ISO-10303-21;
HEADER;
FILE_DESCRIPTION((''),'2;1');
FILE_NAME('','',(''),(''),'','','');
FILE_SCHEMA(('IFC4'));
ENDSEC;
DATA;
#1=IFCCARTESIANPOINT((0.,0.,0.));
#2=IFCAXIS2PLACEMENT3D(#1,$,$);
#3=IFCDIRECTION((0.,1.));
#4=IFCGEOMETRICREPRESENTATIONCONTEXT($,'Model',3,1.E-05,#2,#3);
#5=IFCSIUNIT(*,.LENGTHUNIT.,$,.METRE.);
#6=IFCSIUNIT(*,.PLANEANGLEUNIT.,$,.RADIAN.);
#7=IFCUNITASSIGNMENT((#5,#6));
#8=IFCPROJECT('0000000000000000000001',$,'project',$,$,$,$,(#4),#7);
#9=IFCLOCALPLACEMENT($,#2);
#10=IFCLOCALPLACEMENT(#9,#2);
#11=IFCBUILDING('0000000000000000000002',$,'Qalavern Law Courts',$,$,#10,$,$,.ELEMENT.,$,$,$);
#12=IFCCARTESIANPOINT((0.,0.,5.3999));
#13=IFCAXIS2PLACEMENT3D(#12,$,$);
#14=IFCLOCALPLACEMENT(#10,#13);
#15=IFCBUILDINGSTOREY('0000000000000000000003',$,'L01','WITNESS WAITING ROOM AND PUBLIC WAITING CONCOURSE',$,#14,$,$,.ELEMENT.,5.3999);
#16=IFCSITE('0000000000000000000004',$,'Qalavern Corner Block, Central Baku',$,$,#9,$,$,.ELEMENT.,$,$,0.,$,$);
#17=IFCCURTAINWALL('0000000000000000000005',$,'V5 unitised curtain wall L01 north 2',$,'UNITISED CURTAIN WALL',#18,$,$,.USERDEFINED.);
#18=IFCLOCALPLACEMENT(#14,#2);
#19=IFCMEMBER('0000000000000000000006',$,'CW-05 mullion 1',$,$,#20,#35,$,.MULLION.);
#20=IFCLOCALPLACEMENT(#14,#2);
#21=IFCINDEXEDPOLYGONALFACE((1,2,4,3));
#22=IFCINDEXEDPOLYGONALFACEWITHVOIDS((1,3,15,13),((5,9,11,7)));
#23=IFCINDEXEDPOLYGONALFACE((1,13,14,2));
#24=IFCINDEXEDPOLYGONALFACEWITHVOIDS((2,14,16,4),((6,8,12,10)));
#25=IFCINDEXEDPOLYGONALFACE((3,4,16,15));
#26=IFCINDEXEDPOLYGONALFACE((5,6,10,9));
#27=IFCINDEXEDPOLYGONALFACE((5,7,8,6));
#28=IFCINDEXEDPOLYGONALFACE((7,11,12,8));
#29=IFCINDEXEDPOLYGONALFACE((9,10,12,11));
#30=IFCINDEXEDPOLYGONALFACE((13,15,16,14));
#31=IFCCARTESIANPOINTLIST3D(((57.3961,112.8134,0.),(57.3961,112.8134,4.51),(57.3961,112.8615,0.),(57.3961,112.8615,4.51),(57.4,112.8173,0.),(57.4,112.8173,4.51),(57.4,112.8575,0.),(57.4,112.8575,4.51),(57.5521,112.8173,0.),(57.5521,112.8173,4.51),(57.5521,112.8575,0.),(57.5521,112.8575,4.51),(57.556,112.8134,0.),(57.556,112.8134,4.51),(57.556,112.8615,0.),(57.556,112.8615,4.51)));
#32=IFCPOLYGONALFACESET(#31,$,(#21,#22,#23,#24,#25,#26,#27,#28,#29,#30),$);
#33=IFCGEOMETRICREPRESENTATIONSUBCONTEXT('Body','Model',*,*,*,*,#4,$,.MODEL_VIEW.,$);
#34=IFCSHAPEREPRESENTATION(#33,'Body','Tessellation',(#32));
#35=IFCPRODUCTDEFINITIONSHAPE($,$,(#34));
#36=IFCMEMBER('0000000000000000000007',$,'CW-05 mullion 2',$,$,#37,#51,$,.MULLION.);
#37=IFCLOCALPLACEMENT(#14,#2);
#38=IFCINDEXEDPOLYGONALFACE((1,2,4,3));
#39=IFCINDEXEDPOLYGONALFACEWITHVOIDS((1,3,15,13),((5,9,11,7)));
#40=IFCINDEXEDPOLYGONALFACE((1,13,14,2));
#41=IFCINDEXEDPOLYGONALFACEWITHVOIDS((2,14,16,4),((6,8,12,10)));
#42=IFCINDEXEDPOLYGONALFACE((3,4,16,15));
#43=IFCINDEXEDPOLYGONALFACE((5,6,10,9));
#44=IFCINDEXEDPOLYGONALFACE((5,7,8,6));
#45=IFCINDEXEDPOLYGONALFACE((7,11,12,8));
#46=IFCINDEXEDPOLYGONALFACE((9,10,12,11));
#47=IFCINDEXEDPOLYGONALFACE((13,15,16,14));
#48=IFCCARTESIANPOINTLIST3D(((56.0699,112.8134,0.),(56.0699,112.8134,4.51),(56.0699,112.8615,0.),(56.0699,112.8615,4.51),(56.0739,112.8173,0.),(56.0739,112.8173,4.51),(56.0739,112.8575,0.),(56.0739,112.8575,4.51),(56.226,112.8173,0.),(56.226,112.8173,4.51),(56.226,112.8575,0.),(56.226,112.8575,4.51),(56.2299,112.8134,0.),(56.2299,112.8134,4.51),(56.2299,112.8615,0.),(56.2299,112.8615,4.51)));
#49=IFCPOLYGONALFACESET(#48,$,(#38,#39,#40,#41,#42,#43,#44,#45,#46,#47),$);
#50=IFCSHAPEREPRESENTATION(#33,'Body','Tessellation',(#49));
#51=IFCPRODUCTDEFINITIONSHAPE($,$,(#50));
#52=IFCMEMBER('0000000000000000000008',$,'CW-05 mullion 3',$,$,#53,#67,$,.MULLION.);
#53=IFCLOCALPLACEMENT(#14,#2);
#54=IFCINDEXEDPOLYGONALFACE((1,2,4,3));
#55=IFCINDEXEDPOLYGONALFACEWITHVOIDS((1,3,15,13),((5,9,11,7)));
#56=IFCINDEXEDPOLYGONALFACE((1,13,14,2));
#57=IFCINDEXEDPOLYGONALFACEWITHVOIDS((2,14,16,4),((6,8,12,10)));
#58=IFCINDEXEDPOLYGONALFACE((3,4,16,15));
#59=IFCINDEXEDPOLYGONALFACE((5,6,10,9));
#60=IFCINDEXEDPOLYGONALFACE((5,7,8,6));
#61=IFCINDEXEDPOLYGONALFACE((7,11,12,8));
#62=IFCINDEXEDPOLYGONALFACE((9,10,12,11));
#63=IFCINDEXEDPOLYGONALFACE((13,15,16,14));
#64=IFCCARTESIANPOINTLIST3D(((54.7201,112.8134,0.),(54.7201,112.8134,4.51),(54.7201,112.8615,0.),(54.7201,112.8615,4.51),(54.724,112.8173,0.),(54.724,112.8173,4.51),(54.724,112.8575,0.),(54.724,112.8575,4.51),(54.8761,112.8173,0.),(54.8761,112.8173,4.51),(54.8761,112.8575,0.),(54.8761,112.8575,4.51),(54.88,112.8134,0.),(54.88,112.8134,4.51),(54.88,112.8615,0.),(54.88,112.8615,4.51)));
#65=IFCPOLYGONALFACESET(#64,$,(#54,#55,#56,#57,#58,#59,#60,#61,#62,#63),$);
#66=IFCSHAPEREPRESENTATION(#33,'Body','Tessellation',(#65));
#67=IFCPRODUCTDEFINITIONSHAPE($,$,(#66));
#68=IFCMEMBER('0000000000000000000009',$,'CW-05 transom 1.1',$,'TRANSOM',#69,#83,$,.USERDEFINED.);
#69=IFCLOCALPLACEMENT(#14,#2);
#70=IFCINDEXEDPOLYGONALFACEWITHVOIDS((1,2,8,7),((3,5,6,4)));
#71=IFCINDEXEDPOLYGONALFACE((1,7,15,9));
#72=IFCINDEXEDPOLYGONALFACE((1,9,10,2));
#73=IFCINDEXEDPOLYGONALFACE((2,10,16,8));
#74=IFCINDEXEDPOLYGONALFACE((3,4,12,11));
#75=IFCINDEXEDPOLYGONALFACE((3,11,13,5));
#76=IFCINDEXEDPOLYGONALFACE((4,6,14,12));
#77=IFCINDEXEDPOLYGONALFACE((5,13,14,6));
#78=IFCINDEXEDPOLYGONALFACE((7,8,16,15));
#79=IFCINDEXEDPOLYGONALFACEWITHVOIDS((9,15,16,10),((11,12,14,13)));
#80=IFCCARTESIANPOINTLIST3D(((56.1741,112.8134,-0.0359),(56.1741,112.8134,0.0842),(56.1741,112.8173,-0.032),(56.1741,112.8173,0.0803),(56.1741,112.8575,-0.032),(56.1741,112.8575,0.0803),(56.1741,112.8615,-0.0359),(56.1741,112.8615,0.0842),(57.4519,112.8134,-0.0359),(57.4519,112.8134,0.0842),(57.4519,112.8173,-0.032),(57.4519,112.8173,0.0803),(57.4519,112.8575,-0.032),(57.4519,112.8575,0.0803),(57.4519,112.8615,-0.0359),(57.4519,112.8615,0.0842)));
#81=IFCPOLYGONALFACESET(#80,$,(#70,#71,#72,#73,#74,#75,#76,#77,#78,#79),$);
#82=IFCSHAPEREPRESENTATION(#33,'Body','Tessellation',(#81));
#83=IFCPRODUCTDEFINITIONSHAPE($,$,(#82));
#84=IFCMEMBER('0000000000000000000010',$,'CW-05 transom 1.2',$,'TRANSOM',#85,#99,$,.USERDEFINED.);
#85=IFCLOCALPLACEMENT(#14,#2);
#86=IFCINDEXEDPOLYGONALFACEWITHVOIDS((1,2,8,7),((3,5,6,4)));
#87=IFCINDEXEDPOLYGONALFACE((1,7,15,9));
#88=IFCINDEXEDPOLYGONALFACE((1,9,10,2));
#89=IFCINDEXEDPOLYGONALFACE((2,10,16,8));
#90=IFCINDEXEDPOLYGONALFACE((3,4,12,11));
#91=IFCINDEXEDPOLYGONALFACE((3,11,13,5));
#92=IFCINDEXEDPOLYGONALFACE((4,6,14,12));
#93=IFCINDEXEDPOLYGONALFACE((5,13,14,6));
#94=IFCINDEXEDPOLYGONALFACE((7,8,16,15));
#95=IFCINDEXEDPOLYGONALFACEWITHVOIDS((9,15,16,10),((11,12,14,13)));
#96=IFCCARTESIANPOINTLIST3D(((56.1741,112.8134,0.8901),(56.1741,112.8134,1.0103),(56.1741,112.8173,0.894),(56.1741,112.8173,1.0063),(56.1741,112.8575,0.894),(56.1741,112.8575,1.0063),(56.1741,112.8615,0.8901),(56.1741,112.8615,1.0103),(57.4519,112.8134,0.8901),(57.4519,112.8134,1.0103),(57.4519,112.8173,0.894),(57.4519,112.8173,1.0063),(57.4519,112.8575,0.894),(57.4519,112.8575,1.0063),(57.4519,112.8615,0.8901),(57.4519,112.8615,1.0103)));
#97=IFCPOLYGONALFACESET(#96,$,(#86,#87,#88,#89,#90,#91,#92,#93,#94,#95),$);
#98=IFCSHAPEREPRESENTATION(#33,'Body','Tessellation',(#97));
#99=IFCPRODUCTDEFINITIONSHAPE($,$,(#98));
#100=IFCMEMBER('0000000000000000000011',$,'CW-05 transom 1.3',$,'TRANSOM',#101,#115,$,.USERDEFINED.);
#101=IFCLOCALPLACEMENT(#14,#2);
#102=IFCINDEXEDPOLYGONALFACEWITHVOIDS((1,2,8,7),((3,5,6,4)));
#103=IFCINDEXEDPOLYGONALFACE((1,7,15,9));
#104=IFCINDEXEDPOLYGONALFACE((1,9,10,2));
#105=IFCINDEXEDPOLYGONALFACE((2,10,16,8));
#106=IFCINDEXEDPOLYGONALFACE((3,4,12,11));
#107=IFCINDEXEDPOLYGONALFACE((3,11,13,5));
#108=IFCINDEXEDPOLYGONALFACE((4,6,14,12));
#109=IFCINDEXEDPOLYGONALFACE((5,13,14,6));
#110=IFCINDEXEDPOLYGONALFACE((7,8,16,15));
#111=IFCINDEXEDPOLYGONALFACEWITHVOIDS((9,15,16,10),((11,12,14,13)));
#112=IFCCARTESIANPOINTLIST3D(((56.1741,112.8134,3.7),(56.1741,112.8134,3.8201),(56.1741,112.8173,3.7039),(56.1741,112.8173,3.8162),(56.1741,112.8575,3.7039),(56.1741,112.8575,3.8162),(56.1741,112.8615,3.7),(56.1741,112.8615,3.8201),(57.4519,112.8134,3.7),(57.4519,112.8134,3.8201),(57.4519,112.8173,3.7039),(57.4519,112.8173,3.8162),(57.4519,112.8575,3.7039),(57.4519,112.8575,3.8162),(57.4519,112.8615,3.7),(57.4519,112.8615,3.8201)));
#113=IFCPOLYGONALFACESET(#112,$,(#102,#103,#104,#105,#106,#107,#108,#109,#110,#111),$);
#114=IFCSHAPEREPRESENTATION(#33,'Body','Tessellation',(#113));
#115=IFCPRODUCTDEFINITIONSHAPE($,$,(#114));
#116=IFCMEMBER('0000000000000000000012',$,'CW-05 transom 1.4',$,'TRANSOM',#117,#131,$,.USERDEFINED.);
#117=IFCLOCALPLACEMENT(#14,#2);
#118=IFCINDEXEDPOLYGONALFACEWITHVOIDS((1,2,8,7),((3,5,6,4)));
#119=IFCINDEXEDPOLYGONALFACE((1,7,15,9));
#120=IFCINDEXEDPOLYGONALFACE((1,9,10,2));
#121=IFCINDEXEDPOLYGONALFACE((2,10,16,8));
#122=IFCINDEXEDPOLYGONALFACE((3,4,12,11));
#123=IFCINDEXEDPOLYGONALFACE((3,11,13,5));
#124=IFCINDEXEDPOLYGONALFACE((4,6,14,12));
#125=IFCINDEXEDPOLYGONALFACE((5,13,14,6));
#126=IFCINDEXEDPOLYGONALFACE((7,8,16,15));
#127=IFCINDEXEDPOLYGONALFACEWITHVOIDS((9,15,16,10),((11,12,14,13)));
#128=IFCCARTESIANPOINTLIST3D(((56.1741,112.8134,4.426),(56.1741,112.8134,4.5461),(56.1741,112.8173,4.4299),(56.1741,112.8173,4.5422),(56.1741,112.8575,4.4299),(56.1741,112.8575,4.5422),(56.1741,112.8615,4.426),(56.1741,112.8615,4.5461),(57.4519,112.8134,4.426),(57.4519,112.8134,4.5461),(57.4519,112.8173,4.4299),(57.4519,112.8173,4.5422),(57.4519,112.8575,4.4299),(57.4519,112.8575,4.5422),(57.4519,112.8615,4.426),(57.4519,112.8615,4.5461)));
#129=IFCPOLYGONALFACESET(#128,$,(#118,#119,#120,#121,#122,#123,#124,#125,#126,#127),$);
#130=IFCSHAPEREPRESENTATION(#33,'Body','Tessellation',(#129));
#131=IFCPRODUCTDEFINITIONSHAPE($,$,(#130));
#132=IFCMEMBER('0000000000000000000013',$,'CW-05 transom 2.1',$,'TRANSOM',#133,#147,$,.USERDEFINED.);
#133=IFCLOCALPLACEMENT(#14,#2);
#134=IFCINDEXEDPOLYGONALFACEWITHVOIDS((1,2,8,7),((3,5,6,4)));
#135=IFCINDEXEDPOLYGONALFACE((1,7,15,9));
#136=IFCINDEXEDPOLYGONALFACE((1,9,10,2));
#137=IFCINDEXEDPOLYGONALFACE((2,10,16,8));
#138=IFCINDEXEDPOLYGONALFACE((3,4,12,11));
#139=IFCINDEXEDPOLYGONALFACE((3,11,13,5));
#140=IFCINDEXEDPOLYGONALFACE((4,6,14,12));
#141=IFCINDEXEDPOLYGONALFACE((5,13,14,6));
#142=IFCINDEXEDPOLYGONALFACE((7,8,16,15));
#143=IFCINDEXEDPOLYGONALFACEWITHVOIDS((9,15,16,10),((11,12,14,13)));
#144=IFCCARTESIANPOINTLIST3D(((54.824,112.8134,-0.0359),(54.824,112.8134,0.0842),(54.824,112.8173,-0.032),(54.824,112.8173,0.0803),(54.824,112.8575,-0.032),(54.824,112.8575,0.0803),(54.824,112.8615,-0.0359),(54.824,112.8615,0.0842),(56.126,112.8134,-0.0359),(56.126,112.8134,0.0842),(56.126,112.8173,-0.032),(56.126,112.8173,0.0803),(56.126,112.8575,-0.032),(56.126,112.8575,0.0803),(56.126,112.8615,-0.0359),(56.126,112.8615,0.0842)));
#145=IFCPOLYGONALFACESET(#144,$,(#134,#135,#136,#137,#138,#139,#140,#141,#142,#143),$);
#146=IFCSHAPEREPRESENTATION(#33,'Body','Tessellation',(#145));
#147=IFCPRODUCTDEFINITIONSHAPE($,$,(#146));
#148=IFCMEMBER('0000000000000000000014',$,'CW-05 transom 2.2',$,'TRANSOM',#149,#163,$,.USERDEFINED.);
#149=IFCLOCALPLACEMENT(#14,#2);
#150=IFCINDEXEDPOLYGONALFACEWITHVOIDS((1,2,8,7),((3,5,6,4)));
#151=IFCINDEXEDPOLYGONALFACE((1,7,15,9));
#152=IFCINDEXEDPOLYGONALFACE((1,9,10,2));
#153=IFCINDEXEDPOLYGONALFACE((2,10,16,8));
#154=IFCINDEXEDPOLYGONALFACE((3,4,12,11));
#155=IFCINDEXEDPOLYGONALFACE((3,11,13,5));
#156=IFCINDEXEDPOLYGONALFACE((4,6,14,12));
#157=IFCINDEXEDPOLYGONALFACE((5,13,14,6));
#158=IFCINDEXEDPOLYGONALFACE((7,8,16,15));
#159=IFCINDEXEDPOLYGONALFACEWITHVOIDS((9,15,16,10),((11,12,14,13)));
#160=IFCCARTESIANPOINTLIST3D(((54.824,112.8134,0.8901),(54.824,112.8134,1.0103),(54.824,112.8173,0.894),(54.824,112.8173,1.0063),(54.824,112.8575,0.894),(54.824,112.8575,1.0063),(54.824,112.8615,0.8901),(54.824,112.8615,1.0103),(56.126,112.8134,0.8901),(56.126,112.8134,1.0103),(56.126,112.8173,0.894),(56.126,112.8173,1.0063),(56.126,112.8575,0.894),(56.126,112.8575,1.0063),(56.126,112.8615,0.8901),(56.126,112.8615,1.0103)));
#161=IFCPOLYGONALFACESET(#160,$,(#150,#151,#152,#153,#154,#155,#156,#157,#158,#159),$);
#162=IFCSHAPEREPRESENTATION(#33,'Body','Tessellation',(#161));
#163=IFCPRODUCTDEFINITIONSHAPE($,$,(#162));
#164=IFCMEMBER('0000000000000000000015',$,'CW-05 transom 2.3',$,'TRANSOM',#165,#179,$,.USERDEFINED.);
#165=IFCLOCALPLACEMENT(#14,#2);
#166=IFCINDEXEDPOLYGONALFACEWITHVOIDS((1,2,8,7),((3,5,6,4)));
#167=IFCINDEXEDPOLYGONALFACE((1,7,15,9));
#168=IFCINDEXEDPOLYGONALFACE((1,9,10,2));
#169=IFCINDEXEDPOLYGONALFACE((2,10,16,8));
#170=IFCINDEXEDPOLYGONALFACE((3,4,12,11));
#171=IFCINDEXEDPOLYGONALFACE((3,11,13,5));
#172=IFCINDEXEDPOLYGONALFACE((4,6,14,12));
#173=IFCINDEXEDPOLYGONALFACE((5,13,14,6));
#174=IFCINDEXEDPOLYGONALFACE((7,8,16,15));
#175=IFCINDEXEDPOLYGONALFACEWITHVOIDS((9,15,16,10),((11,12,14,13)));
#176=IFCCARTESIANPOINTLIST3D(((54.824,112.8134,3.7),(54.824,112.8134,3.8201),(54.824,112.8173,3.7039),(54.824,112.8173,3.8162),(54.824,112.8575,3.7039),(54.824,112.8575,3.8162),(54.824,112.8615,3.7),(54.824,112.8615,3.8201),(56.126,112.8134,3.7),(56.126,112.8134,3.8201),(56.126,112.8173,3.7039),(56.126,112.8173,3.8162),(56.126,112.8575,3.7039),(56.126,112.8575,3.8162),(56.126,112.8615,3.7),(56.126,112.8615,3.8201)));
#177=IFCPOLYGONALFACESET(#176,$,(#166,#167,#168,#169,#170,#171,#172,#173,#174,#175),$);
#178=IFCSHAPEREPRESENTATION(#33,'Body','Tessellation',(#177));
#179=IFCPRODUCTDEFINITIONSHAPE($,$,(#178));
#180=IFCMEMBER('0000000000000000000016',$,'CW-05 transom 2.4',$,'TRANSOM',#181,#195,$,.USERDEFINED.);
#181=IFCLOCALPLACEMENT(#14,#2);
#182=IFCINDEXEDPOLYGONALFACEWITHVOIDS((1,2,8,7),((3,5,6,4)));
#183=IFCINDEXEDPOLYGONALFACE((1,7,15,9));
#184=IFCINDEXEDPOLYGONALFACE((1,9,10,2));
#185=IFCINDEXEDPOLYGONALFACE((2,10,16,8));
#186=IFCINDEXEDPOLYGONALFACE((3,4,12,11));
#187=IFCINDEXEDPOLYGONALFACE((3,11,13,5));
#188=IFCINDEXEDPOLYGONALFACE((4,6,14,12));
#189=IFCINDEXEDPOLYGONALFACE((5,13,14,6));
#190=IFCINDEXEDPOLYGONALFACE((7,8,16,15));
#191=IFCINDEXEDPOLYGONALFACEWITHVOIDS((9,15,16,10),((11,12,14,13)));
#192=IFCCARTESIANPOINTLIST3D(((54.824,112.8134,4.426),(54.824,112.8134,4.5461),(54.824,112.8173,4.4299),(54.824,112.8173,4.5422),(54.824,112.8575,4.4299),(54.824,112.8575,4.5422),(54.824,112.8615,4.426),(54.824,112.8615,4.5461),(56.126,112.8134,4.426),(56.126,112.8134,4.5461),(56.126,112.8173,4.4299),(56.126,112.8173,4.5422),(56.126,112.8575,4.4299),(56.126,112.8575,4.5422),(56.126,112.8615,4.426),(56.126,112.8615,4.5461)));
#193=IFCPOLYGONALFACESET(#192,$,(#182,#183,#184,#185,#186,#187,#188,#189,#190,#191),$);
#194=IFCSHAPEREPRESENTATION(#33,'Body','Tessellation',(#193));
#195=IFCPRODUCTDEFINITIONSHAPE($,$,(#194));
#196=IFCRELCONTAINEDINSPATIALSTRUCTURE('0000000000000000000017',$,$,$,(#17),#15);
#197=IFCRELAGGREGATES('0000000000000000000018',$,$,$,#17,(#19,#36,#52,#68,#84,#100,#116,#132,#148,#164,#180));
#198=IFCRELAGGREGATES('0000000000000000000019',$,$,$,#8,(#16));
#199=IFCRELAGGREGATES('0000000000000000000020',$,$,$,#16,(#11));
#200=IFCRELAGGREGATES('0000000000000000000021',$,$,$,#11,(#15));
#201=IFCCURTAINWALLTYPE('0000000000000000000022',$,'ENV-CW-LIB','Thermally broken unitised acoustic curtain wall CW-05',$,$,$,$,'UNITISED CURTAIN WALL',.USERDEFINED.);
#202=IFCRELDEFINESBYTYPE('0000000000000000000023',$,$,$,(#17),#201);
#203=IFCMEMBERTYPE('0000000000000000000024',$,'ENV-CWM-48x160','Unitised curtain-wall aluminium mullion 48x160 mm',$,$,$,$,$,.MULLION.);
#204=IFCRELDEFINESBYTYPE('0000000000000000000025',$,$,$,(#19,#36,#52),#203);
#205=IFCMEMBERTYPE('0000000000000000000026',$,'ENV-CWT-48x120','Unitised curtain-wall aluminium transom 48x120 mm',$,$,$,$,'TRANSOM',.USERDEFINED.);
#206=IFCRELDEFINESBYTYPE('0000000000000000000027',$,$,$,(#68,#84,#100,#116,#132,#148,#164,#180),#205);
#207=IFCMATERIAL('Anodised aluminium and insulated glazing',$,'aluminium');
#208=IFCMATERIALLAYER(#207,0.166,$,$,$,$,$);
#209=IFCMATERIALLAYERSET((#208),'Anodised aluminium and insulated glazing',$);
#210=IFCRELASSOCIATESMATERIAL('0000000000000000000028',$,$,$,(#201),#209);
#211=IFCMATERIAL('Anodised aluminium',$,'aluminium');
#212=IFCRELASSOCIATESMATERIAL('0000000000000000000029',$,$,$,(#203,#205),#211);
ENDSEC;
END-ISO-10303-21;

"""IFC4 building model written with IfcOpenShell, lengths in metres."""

from ifc_helpers import new_model, si_unit, direction, frame, origin, origin_2d, place, context, subcontext, project, spatial, hollow_rectangle, extrude, material, layer, layer_set, material_profile, profile_set, type_object, element, aggregate, save


model = new_model("IFC4")

# Units and contexts
model_context = context("Model", 3, precision=1e-05, world=origin(), true_north=direction((0.0, 1.0)))
body_context = subcontext(model_context, "Body", "Model", "MODEL_VIEW")
ifc_project = project(units=[si_unit("LENGTHUNIT", "METRE"), si_unit("PLANEANGLEUNIT", "RADIAN")], contexts=[model_context])

# Site, building, storey
site_placement = place(None, origin())
site = spatial("IfcSite", under=ifc_project, at=site_placement, Name="Qalavern Corner Block, Central Baku", CompositionType="ELEMENT", RefElevation=0.0)
building_placement = place(site_placement, origin())
building = spatial("IfcBuilding", under=site, at=building_placement, Name="Qalavern Law Courts", CompositionType="ELEMENT")
storey_placement = place(building_placement, frame((0.0, 0.0, 5.3999)))
storey = spatial("IfcBuildingStorey", under=building, at=storey_placement, Name="L01", Description="WITNESS WAITING ROOM AND PUBLIC WAITING CONCOURSE", CompositionType="ELEMENT", Elevation=5.3999)

# Curtain wall, members
ifc_material_1 = material(Name="Anodised aluminium and insulated glazing", Category="aluminium")
ifc_layer_1 = layer(ifc_material_1, 0.166)
ifc_layer_set_1 = layer_set([ifc_layer_1], Name="Anodised aluminium and insulated glazing")
curtain_wall_type = type_object("IfcCurtainWallType", Name="ENV-CW-LIB", Description="Thermally broken unitised acoustic curtain wall CW-05", ElementType="UNITISED CURTAIN WALL", PredefinedType="USERDEFINED", material=ifc_layer_set_1)
curtain_wall_placement = place(storey_placement, origin())
curtain_wall = element("IfcCurtainWall", 1, at=curtain_wall_placement, inside=storey, type_object=curtain_wall_type, Name="V5 unitised curtain wall L01 north 2", ObjectType="UNITISED CURTAIN WALL", PredefinedType="USERDEFINED")
ifc_material_2 = material(Name="Anodised aluminium", Category="aluminium")
ifc_material_profile_1 = material_profile(ifc_material_2, hollow_rectangle(XDim=0.0481, YDim=0.1599, WallThickness=0.0039, at=origin_2d()), Name="ALU MULLION 48x160")
ifc_profile_set_1 = profile_set([ifc_material_profile_1], Name="Anodised aluminium")
member_type_1 = type_object("IfcMemberType", Name="ENV-CWM-48x160", Description="Unitised curtain-wall aluminium mullion 48x160 mm", PredefinedType="MULLION", material=ifc_profile_set_1)
member_1_placement = place(storey_placement, frame((57.4761, 112.8374, 0.0), z_axis=(0.0, 0.0, 1.0), x_axis=(0.0, -1.0, 0.0)))
member_1 = element("IfcMember", 2, at=member_1_placement, type_object=member_type_1, Name="CW-05 mullion 1", PredefinedType="MULLION", context=body_context, shape_type="SweptSolid", body=[
    extrude(hollow_rectangle(XDim=0.0481, YDim=0.1599, WallThickness=0.0039, at=origin_2d()), origin(), (0.0, 0.0, 1.0), 4.51),
])
member_2_placement = place(storey_placement, frame((56.1499, 112.8374, 0.0), z_axis=(0.0, 0.0, 1.0), x_axis=(0.0, -1.0, 0.0)))
member_2 = element("IfcMember", 3, at=member_2_placement, type_object=member_type_1, Name="CW-05 mullion 2", PredefinedType="MULLION", context=body_context, shape_type="SweptSolid", body=[
    extrude(hollow_rectangle(XDim=0.0481, YDim=0.1599, WallThickness=0.0039, at=origin_2d()), origin(), (0.0, 0.0, 1.0), 4.51),
])
member_3_placement = place(storey_placement, frame((54.8, 112.8374, 0.0), z_axis=(0.0, 0.0, 1.0), x_axis=(0.0, -1.0, 0.0)))
member_3 = element("IfcMember", 4, at=member_3_placement, type_object=member_type_1, Name="CW-05 mullion 3", PredefinedType="MULLION", context=body_context, shape_type="SweptSolid", body=[
    extrude(hollow_rectangle(XDim=0.0481, YDim=0.1599, WallThickness=0.0039, at=origin_2d()), origin(), (0.0, 0.0, 1.0), 4.51),
])
ifc_material_profile_2 = material_profile(ifc_material_2, hollow_rectangle(XDim=0.0481, YDim=0.1201, WallThickness=0.0039, at=origin_2d()), Name="ALU TRANSOM 48x120")
ifc_profile_set_2 = profile_set([ifc_material_profile_2], Name="Anodised aluminium")
member_type_2 = type_object("IfcMemberType", Name="ENV-CWT-48x120", Description="Unitised curtain-wall aluminium transom 48x120 mm", ElementType="TRANSOM", PredefinedType="USERDEFINED", material=ifc_profile_set_2)
member_4_placement = place(storey_placement, frame((57.4519, 112.8374, 0.0242), z_axis=(-1.0, 0.0, 0.0), x_axis=(0.0, -1.0, 0.0)))
member_4 = element("IfcMember", 5, at=member_4_placement, type_object=member_type_2, Name="CW-05 transom 1.1", ObjectType="TRANSOM", PredefinedType="USERDEFINED", context=body_context, shape_type="SweptSolid", body=[
    extrude(hollow_rectangle(XDim=0.0481, YDim=0.1201, WallThickness=0.0039, at=origin_2d()), origin(), (0.0, 0.0, 1.0), 1.2778),
])
member_5_placement = place(storey_placement, frame((57.4519, 112.8374, 0.9502), z_axis=(-1.0, 0.0, 0.0), x_axis=(0.0, -1.0, 0.0)))
member_5 = element("IfcMember", 6, at=member_5_placement, type_object=member_type_2, Name="CW-05 transom 1.2", ObjectType="TRANSOM", PredefinedType="USERDEFINED", context=body_context, shape_type="SweptSolid", body=[
    extrude(hollow_rectangle(XDim=0.0481, YDim=0.1201, WallThickness=0.0039, at=origin_2d()), origin(), (0.0, 0.0, 1.0), 1.2778),
])
member_6_placement = place(storey_placement, frame((57.4519, 112.8374, 3.76), z_axis=(-1.0, 0.0, 0.0), x_axis=(0.0, -1.0, 0.0)))
member_6 = element("IfcMember", 7, at=member_6_placement, type_object=member_type_2, Name="CW-05 transom 1.3", ObjectType="TRANSOM", PredefinedType="USERDEFINED", context=body_context, shape_type="SweptSolid", body=[
    extrude(hollow_rectangle(XDim=0.0481, YDim=0.1201, WallThickness=0.0039, at=origin_2d()), origin(), (0.0, 0.0, 1.0), 1.2778),
])
member_7_placement = place(storey_placement, frame((57.4519, 112.8374, 4.4861), z_axis=(-1.0, 0.0, 0.0), x_axis=(0.0, -1.0, 0.0)))
member_7 = element("IfcMember", 8, at=member_7_placement, type_object=member_type_2, Name="CW-05 transom 1.4", ObjectType="TRANSOM", PredefinedType="USERDEFINED", context=body_context, shape_type="SweptSolid", body=[
    extrude(hollow_rectangle(XDim=0.0481, YDim=0.1201, WallThickness=0.0039, at=origin_2d()), origin(), (0.0, 0.0, 1.0), 1.2778),
])
member_8_placement = place(storey_placement, frame((56.126, 112.8374, 0.0242), z_axis=(-1.0, 0.0, 0.0), x_axis=(0.0, -1.0, 0.0)))
member_8 = element("IfcMember", 9, at=member_8_placement, type_object=member_type_2, Name="CW-05 transom 2.1", ObjectType="TRANSOM", PredefinedType="USERDEFINED", context=body_context, shape_type="SweptSolid", body=[
    extrude(hollow_rectangle(XDim=0.0481, YDim=0.1201, WallThickness=0.0039, at=origin_2d()), origin(), (0.0, 0.0, 1.0), 1.302),
])
member_9_placement = place(storey_placement, frame((56.126, 112.8374, 0.9502), z_axis=(-1.0, 0.0, 0.0), x_axis=(0.0, -1.0, 0.0)))
member_9 = element("IfcMember", 10, at=member_9_placement, type_object=member_type_2, Name="CW-05 transom 2.2", ObjectType="TRANSOM", PredefinedType="USERDEFINED", context=body_context, shape_type="SweptSolid", body=[
    extrude(hollow_rectangle(XDim=0.0481, YDim=0.1201, WallThickness=0.0039, at=origin_2d()), origin(), (0.0, 0.0, 1.0), 1.302),
])
member_10_placement = place(storey_placement, frame((56.126, 112.8374, 3.76), z_axis=(-1.0, 0.0, 0.0), x_axis=(0.0, -1.0, 0.0)))
member_10 = element("IfcMember", 11, at=member_10_placement, type_object=member_type_2, Name="CW-05 transom 2.3", ObjectType="TRANSOM", PredefinedType="USERDEFINED", context=body_context, shape_type="SweptSolid", body=[
    extrude(hollow_rectangle(XDim=0.0481, YDim=0.1201, WallThickness=0.0039, at=origin_2d()), origin(), (0.0, 0.0, 1.0), 1.302),
])
member_11_placement = place(storey_placement, frame((56.126, 112.8374, 4.4861), z_axis=(-1.0, 0.0, 0.0), x_axis=(0.0, -1.0, 0.0)))
member_11 = element("IfcMember", 12, at=member_11_placement, type_object=member_type_2, Name="CW-05 transom 2.4", ObjectType="TRANSOM", PredefinedType="USERDEFINED", context=body_context, shape_type="SweptSolid", body=[
    extrude(hollow_rectangle(XDim=0.0481, YDim=0.1201, WallThickness=0.0039, at=origin_2d()), origin(), (0.0, 0.0, 1.0), 1.302),
])
aggregate(curtain_wall, [member_1, member_2, member_3, member_4, member_5, member_6, member_7, member_8, member_9, member_10, member_11])

save(model, "model.ifc")
